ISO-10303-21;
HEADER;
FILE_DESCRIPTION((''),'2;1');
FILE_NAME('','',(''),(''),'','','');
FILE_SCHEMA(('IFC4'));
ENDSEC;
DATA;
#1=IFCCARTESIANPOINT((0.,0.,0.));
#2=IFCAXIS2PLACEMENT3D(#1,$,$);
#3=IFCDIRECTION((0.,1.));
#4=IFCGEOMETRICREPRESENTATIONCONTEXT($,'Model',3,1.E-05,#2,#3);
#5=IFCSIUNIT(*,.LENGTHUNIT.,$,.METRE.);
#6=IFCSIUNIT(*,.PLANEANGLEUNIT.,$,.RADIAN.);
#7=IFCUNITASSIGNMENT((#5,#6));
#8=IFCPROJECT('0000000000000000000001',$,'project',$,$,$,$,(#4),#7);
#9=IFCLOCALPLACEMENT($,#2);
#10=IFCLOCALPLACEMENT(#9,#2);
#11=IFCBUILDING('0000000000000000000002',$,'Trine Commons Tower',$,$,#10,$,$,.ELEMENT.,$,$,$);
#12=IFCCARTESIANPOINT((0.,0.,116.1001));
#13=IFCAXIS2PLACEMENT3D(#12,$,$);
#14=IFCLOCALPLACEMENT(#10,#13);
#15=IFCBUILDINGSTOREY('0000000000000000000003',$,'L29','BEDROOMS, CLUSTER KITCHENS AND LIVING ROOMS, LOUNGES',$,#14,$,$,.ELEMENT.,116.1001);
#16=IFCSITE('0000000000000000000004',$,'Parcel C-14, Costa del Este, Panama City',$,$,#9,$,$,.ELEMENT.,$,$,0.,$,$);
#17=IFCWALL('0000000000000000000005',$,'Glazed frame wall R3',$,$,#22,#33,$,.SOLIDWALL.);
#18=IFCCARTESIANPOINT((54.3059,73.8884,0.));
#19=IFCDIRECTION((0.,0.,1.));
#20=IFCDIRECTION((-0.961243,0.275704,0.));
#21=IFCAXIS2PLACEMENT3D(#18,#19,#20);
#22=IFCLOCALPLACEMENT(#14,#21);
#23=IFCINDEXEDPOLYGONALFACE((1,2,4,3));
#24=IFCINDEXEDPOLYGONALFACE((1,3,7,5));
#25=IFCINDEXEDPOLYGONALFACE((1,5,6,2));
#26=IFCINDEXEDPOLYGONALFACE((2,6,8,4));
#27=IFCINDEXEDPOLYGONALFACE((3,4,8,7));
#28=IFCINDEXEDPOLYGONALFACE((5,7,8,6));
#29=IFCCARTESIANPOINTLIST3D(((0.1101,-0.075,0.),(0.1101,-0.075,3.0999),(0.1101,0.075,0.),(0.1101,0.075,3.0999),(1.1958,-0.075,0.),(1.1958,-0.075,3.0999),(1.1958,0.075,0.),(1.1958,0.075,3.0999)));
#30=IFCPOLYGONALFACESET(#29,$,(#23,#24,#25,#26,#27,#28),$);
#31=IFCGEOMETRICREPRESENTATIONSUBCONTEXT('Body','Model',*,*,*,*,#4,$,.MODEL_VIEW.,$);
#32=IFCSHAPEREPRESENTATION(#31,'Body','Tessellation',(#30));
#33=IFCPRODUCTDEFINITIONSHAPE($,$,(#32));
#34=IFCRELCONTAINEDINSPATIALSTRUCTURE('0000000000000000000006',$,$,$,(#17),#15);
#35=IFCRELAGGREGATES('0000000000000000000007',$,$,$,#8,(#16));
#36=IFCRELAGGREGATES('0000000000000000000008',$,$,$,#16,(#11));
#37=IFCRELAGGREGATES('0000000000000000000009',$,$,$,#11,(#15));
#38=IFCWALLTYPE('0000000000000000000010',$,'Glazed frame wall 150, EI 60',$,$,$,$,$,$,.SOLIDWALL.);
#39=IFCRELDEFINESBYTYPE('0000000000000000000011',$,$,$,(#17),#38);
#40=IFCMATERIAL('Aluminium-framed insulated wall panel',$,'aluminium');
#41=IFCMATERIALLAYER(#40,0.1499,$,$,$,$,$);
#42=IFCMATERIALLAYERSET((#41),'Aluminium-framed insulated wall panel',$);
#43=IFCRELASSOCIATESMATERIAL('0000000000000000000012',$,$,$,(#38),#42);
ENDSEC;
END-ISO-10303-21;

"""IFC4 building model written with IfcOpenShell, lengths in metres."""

from ifc_helpers import new_model, si_unit, direction, frame, origin, place, context, subcontext, project, spatial, polyline, outline, extrude, material, layer, layer_set, type_object, element, save


model = new_model("IFC4")

# Units and contexts
model_context = context("Model", 3, precision=1e-05, world=origin(), true_north=direction((0.0, 1.0)))
body_context = subcontext(model_context, "Body", "Model", "MODEL_VIEW")
ifc_project = project(units=[si_unit("LENGTHUNIT", "METRE"), si_unit("PLANEANGLEUNIT", "RADIAN")], contexts=[model_context])

# Site, building, storey
site_placement = place(None, origin())
site = spatial("IfcSite", under=ifc_project, at=site_placement, Name="Parcel C-14, Costa del Este, Panama City", CompositionType="ELEMENT", RefElevation=0.0)
building_placement = place(site_placement, origin())
building = spatial("IfcBuilding", under=site, at=building_placement, Name="Trine Commons Tower", CompositionType="ELEMENT")
storey_placement = place(building_placement, frame((0.0, 0.0, 116.1001)))
storey = spatial("IfcBuildingStorey", under=building, at=storey_placement, Name="L29", Description="BEDROOMS, CLUSTER KITCHENS AND LIVING ROOMS, LOUNGES", CompositionType="ELEMENT", Elevation=116.1001)

# Shared definitions
ifc_material_1 = material(Name="Aluminium-framed insulated wall panel", Category="aluminium")
ifc_layer_1 = layer(ifc_material_1, 0.1499)
ifc_layer_set_1 = layer_set([ifc_layer_1], Name="Aluminium-framed insulated wall panel")
wall_type_1 = type_object("IfcWallType", Name="Glazed frame wall 150, EI 60", PredefinedType="SOLIDWALL", material=ifc_layer_set_1)

# Wall
wall_1_placement = place(storey_placement, frame((54.3059, 73.8884, 0.0), z_axis=(0.0, 0.0, 1.0), x_axis=(-0.961243, 0.275704, 0.0)))
element("IfcWall", 1, at=wall_1_placement, inside=storey, type_object=wall_type_1, Name="Glazed frame wall R3", PredefinedType="SOLIDWALL", context=body_context, shape_type="SweptSolid", body=[
    extrude(outline(polyline([(0.1101, 0.075), (0.1101, -0.075), (1.1958, -0.075), (1.1958, 0.075), (0.1101, 0.075)])), origin(), (0.0, 0.0, 1.0), 3.0999),
])

save(model, "model.ifc")
